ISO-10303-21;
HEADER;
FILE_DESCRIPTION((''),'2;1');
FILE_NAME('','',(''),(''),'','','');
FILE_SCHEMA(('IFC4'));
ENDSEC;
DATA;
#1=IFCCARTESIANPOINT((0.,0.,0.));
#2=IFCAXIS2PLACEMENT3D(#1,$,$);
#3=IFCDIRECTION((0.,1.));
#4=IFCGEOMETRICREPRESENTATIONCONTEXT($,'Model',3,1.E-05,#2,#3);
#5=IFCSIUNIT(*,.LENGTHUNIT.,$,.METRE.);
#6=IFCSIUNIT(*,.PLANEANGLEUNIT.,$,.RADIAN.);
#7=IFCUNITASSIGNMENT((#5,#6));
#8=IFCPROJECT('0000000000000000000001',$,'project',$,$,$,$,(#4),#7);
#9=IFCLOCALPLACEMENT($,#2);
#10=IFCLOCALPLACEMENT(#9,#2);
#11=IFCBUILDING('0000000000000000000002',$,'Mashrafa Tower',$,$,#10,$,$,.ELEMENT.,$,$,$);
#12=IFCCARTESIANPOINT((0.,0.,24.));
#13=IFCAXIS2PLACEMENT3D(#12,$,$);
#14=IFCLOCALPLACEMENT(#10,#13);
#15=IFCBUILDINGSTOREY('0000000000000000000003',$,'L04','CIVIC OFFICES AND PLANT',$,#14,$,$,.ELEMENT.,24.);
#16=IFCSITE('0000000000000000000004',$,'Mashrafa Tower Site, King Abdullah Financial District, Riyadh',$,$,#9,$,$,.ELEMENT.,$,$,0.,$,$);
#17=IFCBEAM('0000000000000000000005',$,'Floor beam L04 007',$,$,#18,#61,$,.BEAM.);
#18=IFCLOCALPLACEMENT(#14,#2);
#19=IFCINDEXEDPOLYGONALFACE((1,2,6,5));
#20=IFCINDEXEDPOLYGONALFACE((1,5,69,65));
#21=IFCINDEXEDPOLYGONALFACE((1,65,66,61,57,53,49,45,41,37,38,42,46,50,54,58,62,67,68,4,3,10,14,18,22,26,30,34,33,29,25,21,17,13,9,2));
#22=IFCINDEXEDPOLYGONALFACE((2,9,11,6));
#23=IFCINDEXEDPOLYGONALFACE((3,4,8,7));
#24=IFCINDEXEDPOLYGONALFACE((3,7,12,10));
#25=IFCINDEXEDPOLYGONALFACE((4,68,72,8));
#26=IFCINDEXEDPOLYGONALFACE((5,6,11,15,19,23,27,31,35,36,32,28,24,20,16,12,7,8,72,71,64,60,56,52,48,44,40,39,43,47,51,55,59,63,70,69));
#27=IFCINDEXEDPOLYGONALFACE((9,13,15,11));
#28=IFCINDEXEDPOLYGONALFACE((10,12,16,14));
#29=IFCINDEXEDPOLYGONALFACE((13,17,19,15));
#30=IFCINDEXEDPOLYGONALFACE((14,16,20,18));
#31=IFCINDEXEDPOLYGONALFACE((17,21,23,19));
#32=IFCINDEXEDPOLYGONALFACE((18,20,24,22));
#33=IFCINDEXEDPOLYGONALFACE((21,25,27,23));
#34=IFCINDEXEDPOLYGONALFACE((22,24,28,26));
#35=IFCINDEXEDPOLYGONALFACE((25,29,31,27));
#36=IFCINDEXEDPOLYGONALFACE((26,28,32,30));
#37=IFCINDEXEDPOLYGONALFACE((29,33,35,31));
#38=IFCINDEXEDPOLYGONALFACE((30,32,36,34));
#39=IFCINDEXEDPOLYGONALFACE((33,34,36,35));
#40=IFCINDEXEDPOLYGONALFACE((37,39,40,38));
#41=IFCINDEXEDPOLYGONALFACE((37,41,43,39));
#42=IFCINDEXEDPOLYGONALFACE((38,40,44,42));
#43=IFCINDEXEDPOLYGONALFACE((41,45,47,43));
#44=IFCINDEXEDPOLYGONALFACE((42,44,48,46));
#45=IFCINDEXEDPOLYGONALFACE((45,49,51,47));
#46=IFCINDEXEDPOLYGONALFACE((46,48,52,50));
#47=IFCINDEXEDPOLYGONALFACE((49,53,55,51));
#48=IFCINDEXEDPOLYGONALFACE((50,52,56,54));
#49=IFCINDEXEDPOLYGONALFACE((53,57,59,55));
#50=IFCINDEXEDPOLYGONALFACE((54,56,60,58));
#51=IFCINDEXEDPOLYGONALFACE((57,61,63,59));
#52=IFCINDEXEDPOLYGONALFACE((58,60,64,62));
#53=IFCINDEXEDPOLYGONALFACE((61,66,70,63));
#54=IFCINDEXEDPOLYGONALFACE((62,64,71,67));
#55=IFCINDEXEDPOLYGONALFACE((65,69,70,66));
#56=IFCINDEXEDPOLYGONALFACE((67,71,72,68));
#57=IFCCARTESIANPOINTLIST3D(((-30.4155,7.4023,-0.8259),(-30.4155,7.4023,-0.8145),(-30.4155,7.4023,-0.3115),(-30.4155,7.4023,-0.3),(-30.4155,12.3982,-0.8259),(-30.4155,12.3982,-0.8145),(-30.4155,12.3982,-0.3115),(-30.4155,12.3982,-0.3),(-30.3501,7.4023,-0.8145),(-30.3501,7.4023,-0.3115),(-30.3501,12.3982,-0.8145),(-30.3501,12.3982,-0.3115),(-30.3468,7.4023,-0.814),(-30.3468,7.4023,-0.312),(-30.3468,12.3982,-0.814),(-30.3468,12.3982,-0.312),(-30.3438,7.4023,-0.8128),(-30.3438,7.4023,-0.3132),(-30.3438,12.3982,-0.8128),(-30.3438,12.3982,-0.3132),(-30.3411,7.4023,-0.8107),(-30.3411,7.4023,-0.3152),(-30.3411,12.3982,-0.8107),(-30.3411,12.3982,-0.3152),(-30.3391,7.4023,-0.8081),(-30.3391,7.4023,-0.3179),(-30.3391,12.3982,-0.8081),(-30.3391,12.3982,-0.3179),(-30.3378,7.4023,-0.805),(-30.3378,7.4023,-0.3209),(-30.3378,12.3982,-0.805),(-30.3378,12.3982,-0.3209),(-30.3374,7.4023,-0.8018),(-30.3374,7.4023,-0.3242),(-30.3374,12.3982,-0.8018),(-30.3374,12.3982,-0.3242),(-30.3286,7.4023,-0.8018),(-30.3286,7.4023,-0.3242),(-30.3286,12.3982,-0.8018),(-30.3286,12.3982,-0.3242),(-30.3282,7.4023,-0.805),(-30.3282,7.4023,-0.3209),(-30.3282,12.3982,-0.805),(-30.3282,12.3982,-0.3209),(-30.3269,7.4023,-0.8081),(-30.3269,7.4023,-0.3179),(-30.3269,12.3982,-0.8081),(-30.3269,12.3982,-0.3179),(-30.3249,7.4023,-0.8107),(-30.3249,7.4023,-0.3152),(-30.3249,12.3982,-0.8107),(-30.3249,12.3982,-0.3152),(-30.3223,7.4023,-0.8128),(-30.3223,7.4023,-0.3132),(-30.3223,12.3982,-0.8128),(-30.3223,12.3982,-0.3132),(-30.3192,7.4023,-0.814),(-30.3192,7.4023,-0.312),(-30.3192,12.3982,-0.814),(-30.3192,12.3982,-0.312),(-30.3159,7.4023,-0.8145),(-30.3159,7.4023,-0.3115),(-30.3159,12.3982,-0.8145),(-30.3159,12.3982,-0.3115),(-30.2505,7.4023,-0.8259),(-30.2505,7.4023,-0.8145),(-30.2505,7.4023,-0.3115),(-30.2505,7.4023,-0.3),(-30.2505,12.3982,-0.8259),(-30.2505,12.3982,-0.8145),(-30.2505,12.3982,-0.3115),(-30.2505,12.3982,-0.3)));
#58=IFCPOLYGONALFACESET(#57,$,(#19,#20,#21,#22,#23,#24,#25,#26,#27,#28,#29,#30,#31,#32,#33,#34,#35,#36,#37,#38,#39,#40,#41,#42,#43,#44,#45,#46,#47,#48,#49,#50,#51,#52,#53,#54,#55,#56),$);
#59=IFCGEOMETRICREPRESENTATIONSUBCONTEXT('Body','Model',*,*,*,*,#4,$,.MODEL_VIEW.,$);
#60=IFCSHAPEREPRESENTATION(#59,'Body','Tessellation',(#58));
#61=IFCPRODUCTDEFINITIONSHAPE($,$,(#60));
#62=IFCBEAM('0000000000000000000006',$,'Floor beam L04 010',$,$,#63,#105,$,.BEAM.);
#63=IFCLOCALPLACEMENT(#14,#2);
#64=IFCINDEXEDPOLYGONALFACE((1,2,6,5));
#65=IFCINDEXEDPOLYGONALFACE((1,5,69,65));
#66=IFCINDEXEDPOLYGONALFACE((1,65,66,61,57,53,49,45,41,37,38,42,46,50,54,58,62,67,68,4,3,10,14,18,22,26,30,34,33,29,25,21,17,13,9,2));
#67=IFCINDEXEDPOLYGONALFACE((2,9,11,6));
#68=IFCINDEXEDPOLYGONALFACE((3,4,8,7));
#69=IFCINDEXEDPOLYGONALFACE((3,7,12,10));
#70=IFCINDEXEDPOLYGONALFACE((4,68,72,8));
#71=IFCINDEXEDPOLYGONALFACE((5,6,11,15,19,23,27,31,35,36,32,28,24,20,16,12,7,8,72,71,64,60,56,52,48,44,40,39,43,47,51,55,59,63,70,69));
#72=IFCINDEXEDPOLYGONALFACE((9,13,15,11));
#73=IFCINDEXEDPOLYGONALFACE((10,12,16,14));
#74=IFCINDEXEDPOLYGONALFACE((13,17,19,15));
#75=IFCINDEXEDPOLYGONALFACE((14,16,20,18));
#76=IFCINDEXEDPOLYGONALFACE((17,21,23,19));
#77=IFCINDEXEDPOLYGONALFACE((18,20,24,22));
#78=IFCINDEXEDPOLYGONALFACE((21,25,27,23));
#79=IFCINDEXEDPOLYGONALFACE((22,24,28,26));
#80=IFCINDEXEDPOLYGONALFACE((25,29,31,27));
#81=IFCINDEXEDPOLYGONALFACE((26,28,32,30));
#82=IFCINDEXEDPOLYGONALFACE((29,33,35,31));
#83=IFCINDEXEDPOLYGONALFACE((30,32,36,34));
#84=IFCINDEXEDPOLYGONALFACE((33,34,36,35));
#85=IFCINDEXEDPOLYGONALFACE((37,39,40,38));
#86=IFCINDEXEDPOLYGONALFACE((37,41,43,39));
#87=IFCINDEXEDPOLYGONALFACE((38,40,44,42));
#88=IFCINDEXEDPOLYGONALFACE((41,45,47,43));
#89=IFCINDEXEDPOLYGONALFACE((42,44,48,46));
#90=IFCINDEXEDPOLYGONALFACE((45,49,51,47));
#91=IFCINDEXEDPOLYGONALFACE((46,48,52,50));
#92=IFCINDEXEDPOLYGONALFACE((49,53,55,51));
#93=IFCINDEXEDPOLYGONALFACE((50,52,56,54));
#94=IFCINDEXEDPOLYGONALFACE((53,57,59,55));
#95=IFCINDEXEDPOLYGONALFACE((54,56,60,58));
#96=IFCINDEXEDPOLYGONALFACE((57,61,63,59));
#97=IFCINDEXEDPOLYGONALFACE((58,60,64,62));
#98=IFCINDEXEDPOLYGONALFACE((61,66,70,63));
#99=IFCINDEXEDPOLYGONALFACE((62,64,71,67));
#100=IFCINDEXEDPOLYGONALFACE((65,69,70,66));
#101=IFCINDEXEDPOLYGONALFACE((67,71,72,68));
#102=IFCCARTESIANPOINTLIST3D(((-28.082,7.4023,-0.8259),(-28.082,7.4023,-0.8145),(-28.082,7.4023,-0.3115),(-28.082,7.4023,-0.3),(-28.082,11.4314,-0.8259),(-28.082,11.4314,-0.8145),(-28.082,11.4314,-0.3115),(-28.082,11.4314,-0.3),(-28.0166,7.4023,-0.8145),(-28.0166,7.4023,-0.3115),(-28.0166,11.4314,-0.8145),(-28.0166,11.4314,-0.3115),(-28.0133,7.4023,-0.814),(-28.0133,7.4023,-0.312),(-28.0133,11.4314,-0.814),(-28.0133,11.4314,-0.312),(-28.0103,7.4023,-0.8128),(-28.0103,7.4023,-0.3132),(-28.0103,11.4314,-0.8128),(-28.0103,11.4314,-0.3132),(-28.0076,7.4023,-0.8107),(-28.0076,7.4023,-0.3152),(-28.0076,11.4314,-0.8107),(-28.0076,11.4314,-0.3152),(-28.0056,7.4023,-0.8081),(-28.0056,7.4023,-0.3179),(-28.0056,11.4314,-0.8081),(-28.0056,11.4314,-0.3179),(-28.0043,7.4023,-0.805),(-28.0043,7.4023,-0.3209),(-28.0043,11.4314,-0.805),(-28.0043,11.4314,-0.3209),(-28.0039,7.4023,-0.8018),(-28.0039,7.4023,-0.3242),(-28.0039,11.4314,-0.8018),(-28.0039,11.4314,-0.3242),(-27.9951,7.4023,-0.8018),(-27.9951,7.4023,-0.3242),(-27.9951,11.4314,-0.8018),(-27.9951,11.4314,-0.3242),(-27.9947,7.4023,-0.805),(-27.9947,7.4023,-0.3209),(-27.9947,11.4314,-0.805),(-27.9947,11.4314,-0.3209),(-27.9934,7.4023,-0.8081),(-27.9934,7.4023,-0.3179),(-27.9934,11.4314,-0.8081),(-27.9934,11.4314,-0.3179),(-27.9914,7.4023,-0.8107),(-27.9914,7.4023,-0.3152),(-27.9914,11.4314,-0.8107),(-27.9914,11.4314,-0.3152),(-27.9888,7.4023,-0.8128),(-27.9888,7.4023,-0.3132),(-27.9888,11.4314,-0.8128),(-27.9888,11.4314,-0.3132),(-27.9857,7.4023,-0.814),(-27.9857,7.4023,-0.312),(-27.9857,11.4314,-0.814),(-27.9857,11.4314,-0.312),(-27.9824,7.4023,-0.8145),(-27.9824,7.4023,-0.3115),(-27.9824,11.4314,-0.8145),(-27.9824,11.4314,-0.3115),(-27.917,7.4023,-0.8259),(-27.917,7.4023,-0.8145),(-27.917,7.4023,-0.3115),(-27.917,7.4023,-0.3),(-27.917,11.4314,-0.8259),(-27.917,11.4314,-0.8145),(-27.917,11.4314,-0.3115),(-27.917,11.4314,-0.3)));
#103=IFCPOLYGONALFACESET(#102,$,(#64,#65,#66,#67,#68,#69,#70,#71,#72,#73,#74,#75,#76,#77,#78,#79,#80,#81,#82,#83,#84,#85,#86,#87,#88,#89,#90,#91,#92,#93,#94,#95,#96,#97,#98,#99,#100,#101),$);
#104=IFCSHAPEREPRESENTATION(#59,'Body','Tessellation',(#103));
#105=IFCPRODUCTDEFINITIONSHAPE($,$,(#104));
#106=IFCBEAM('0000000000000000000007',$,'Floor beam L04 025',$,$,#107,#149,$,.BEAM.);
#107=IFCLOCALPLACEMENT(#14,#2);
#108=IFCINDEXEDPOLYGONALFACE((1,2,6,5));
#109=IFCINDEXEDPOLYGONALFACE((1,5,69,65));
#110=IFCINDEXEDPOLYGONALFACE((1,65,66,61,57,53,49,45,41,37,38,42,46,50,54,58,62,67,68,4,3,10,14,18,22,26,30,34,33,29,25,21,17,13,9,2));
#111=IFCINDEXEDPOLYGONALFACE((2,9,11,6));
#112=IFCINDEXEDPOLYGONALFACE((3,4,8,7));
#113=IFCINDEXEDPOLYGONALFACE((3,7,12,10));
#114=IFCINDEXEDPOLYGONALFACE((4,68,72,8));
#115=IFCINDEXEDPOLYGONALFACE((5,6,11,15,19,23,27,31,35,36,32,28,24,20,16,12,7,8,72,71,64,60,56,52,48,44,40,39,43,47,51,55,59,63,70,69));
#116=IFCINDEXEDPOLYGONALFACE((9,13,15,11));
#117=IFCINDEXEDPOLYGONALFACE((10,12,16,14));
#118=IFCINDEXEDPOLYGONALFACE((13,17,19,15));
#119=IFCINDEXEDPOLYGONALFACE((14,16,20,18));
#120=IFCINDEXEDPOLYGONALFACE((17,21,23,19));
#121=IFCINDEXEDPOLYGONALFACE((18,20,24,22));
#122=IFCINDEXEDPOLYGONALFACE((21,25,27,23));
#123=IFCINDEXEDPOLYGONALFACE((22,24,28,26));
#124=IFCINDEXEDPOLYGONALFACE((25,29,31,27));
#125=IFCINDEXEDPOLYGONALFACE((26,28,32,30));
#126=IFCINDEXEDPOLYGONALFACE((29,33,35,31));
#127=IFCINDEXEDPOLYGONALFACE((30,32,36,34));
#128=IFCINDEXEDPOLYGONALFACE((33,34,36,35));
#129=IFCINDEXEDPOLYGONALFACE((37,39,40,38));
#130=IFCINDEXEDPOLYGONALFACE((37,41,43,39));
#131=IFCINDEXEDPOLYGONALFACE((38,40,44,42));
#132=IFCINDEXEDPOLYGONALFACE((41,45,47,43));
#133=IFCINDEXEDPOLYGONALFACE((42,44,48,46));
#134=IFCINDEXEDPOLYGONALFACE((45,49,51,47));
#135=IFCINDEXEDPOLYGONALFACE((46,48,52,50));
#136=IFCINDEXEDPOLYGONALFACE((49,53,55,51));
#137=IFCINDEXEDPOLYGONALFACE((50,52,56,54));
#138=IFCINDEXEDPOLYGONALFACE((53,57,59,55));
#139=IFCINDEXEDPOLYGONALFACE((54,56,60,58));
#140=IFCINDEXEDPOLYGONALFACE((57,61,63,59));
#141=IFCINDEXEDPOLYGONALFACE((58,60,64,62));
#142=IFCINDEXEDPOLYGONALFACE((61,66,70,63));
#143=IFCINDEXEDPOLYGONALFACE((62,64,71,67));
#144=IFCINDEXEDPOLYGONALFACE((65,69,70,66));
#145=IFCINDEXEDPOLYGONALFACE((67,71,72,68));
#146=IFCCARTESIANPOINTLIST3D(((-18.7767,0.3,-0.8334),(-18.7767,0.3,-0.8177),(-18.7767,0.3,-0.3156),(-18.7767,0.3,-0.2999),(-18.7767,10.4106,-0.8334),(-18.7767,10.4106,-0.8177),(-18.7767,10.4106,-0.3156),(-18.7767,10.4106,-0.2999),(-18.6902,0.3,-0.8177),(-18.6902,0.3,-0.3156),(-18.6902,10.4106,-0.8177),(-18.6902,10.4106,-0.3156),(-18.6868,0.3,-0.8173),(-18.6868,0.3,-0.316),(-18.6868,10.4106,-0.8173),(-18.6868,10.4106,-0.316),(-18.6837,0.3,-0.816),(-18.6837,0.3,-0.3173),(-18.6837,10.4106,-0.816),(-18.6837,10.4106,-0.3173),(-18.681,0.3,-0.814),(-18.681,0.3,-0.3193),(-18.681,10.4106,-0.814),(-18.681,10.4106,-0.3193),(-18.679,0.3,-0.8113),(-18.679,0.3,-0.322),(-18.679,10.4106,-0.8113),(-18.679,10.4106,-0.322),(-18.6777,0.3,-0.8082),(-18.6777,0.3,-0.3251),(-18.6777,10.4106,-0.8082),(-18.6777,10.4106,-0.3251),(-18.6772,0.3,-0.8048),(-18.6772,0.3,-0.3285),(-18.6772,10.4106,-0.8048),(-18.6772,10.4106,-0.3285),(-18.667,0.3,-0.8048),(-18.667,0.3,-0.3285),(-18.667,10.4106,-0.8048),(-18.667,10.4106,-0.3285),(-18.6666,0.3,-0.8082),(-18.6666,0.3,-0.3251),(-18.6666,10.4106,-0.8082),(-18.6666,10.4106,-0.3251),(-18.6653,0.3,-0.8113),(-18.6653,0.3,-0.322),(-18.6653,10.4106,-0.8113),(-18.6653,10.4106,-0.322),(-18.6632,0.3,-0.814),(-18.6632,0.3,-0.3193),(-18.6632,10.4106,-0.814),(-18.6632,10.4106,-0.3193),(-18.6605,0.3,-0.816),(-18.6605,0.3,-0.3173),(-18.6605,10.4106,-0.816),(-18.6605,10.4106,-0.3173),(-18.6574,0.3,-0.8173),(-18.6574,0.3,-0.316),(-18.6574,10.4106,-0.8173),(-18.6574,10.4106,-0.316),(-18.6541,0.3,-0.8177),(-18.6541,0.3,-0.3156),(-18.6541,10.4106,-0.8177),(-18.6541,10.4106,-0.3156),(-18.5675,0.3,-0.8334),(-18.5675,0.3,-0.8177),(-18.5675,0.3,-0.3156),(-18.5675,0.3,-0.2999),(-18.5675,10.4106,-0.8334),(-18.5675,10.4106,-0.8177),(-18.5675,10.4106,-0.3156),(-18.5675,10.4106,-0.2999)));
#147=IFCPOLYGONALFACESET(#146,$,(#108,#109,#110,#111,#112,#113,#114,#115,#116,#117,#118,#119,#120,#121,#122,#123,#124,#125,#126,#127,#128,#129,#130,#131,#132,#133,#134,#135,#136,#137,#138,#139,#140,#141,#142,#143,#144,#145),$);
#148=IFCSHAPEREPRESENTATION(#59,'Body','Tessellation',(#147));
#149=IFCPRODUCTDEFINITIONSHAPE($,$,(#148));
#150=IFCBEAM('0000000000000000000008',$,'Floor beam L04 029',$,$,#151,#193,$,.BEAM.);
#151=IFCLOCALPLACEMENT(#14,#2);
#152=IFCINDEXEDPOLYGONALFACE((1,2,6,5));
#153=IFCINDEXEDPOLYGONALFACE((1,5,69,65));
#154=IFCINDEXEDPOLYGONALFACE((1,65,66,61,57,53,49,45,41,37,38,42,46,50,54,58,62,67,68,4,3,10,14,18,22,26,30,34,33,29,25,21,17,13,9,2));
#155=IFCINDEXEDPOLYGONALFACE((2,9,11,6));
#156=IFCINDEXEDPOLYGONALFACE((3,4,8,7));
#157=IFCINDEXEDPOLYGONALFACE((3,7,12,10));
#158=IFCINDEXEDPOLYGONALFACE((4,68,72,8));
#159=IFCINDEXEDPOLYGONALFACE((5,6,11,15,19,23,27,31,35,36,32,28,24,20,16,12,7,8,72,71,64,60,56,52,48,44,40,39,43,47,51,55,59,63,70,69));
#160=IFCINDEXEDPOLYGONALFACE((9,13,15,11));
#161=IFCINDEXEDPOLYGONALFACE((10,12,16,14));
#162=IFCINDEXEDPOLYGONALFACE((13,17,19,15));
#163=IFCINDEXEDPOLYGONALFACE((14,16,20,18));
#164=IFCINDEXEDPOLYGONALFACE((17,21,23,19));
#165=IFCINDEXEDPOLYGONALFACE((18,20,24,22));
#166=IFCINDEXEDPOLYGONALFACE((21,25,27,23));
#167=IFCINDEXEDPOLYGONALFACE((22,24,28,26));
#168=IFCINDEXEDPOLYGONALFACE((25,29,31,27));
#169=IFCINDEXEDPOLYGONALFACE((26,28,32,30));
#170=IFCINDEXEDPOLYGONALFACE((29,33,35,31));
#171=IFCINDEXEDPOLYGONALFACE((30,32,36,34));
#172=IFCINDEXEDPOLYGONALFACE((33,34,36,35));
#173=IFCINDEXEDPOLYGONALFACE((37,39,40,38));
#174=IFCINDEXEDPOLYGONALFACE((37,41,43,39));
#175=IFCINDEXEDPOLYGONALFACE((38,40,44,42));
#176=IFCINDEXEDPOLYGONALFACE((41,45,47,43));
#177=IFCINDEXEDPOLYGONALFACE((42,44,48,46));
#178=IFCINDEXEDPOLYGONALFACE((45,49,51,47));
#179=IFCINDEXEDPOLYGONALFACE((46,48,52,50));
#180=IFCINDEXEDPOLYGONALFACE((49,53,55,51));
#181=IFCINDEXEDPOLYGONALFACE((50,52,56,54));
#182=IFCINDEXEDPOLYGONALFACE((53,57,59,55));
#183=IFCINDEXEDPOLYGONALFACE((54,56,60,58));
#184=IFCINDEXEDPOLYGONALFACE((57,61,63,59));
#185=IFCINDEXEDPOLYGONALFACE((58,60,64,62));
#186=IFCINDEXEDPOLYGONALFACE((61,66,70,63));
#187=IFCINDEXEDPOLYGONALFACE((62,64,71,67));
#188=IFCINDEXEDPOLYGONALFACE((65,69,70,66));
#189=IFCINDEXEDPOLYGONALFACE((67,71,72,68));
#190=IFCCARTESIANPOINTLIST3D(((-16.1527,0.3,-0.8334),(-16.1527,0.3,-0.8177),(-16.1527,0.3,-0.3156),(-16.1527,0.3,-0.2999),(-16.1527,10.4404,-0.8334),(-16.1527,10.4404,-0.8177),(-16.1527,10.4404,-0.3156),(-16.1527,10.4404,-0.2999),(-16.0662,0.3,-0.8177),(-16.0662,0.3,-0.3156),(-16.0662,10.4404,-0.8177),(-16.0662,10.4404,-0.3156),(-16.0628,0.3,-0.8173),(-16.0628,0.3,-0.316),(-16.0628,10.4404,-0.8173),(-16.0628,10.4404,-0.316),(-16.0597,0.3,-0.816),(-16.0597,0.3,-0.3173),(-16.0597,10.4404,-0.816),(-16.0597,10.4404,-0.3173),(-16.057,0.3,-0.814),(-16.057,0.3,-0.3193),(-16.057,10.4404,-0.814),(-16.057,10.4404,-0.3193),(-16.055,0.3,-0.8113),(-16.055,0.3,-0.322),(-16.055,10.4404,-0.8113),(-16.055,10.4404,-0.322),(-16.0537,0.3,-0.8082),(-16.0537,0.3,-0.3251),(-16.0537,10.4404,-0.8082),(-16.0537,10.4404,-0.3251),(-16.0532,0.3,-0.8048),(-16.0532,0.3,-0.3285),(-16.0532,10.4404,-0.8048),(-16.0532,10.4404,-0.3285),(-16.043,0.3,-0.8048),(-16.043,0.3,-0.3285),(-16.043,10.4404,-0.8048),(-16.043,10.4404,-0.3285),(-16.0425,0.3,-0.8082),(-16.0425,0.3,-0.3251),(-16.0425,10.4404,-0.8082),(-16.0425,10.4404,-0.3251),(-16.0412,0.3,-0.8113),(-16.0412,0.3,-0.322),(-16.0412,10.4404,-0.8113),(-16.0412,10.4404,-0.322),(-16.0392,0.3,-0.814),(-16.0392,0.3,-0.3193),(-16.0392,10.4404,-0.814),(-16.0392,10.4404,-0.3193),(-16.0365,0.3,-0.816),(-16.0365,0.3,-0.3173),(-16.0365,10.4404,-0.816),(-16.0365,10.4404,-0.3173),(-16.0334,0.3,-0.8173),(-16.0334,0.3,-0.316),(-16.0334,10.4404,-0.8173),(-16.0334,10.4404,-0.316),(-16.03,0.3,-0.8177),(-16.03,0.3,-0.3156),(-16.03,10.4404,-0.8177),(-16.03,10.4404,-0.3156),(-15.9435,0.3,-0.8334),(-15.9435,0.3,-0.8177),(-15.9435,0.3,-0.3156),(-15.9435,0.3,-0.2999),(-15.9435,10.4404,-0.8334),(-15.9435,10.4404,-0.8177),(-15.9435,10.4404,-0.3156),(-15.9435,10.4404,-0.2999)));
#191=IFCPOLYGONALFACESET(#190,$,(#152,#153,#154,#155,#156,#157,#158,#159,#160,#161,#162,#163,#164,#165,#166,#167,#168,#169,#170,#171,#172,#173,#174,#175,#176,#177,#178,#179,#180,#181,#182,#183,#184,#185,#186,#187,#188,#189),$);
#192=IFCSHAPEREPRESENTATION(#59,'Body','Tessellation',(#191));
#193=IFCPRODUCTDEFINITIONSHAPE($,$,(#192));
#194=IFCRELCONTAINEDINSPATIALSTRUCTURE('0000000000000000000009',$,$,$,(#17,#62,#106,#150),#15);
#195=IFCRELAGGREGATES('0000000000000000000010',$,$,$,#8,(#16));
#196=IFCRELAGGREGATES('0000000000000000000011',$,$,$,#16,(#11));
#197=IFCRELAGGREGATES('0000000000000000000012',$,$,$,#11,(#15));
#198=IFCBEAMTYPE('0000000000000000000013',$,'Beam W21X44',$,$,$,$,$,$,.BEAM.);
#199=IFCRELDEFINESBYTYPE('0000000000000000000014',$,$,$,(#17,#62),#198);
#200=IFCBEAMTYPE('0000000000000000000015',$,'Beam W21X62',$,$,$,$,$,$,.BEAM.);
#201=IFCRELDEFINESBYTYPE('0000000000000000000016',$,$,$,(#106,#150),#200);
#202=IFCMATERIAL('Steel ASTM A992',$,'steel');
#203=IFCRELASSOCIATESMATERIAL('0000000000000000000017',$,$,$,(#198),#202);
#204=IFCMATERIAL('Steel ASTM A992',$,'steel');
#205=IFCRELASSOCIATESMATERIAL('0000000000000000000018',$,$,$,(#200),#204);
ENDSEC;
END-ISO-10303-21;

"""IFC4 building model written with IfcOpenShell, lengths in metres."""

from ifc_helpers import new_model, si_unit, direction, frame, origin, origin_2d, place, context, subcontext, project, spatial, i_section, extrude, material, material_profile, profile_set, type_object, element, save


model = new_model("IFC4")

# Units and contexts
model_context = context("Model", 3, precision=1e-05, world=origin(), true_north=direction((0.0, 1.0)))
body_context = subcontext(model_context, "Body", "Model", "MODEL_VIEW")
ifc_project = project(units=[si_unit("LENGTHUNIT", "METRE"), si_unit("PLANEANGLEUNIT", "RADIAN")], contexts=[model_context])

# Site, building, storey
site_placement = place(None, origin())
site = spatial("IfcSite", under=ifc_project, at=site_placement, Name="Mashrafa Tower Site, King Abdullah Financial District, Riyadh", CompositionType="ELEMENT", RefElevation=0.0)
building_placement = place(site_placement, origin())
building = spatial("IfcBuilding", under=site, at=building_placement, Name="Mashrafa Tower", CompositionType="ELEMENT")
storey_placement = place(building_placement, frame((0.0, 0.0, 24.0)))
storey = spatial("IfcBuildingStorey", under=building, at=storey_placement, Name="L04", Description="CIVIC OFFICES AND PLANT", CompositionType="ELEMENT", Elevation=24.0)

# Beams
ifc_material_1 = material(Name="Steel ASTM A992", Category="steel")
ifc_material_profile_1 = material_profile(ifc_material_1, i_section(OverallWidth=0.165, OverallDepth=0.5259, WebThickness=0.0088, FlangeThickness=0.0115, FilletRadius=0.0127, at=origin_2d()), Name="W21X44")
ifc_profile_set_1 = profile_set([ifc_material_profile_1], Name="Steel ASTM A992")
beam_type_1 = type_object("IfcBeamType", Name="Beam W21X44", PredefinedType="BEAM", material=ifc_profile_set_1)
beam_1_placement = place(storey_placement, frame((-30.333, 7.4023, -0.563), z_axis=(0.0, 1.0, 0.0), x_axis=(-1.0, 0.0, 0.0)))
element("IfcBeam", 1, at=beam_1_placement, inside=storey, type_object=beam_type_1, Name="Floor beam L04 007", PredefinedType="BEAM", context=body_context, shape_type="SweptSolid", body=[
    extrude(i_section(OverallWidth=0.165, OverallDepth=0.5259, WebThickness=0.0088, FlangeThickness=0.0115, FilletRadius=0.0127, at=origin_2d()), origin(), (0.0, 0.0, 1.0), 4.9958),
])
beam_2_placement = place(storey_placement, frame((-27.9995, 7.4023, -0.563), z_axis=(0.0, 1.0, 0.0), x_axis=(-1.0, 0.0, 0.0)))
element("IfcBeam", 2, at=beam_2_placement, inside=storey, type_object=beam_type_1, Name="Floor beam L04 010", PredefinedType="BEAM", context=body_context, shape_type="SweptSolid", body=[
    extrude(i_section(OverallWidth=0.165, OverallDepth=0.5259, WebThickness=0.0088, FlangeThickness=0.0115, FilletRadius=0.0127, at=origin_2d()), origin(), (0.0, 0.0, 1.0), 4.0291),
])
ifc_material_2 = material(Name="Steel ASTM A992", Category="steel")
ifc_material_profile_2 = material_profile(ifc_material_2, i_section(OverallWidth=0.2092, OverallDepth=0.5334, WebThickness=0.0103, FlangeThickness=0.0156, FilletRadius=0.0129, at=origin_2d()), Name="W21X62")
ifc_profile_set_2 = profile_set([ifc_material_profile_2], Name="Steel ASTM A992")
beam_type_2 = type_object("IfcBeamType", Name="Beam W21X62", PredefinedType="BEAM", material=ifc_profile_set_2)
beam_3_placement = place(storey_placement, frame((-18.6721, 0.3, -0.5667), z_axis=(0.0, 1.0, 0.0), x_axis=(-1.0, 0.0, 0.0)))
element("IfcBeam", 3, at=beam_3_placement, inside=storey, type_object=beam_type_2, Name="Floor beam L04 025", PredefinedType="BEAM", context=body_context, shape_type="SweptSolid", body=[
    extrude(i_section(OverallWidth=0.2092, OverallDepth=0.5334, WebThickness=0.0103, FlangeThickness=0.0156, FilletRadius=0.0129, at=origin_2d()), origin(), (0.0, 0.0, 1.0), 10.1106),
])
beam_4_placement = place(storey_placement, frame((-16.0481, 0.3, -0.5667), z_axis=(0.0, 1.0, 0.0), x_axis=(-1.0, 0.0, 0.0)))
element("IfcBeam", 4, at=beam_4_placement, inside=storey, type_object=beam_type_2, Name="Floor beam L04 029", PredefinedType="BEAM", context=body_context, shape_type="SweptSolid", body=[
    extrude(i_section(OverallWidth=0.2092, OverallDepth=0.5334, WebThickness=0.0103, FlangeThickness=0.0156, FilletRadius=0.0129, at=origin_2d()), origin(), (0.0, 0.0, 1.0), 10.1404),
])

save(model, "model.ifc")
